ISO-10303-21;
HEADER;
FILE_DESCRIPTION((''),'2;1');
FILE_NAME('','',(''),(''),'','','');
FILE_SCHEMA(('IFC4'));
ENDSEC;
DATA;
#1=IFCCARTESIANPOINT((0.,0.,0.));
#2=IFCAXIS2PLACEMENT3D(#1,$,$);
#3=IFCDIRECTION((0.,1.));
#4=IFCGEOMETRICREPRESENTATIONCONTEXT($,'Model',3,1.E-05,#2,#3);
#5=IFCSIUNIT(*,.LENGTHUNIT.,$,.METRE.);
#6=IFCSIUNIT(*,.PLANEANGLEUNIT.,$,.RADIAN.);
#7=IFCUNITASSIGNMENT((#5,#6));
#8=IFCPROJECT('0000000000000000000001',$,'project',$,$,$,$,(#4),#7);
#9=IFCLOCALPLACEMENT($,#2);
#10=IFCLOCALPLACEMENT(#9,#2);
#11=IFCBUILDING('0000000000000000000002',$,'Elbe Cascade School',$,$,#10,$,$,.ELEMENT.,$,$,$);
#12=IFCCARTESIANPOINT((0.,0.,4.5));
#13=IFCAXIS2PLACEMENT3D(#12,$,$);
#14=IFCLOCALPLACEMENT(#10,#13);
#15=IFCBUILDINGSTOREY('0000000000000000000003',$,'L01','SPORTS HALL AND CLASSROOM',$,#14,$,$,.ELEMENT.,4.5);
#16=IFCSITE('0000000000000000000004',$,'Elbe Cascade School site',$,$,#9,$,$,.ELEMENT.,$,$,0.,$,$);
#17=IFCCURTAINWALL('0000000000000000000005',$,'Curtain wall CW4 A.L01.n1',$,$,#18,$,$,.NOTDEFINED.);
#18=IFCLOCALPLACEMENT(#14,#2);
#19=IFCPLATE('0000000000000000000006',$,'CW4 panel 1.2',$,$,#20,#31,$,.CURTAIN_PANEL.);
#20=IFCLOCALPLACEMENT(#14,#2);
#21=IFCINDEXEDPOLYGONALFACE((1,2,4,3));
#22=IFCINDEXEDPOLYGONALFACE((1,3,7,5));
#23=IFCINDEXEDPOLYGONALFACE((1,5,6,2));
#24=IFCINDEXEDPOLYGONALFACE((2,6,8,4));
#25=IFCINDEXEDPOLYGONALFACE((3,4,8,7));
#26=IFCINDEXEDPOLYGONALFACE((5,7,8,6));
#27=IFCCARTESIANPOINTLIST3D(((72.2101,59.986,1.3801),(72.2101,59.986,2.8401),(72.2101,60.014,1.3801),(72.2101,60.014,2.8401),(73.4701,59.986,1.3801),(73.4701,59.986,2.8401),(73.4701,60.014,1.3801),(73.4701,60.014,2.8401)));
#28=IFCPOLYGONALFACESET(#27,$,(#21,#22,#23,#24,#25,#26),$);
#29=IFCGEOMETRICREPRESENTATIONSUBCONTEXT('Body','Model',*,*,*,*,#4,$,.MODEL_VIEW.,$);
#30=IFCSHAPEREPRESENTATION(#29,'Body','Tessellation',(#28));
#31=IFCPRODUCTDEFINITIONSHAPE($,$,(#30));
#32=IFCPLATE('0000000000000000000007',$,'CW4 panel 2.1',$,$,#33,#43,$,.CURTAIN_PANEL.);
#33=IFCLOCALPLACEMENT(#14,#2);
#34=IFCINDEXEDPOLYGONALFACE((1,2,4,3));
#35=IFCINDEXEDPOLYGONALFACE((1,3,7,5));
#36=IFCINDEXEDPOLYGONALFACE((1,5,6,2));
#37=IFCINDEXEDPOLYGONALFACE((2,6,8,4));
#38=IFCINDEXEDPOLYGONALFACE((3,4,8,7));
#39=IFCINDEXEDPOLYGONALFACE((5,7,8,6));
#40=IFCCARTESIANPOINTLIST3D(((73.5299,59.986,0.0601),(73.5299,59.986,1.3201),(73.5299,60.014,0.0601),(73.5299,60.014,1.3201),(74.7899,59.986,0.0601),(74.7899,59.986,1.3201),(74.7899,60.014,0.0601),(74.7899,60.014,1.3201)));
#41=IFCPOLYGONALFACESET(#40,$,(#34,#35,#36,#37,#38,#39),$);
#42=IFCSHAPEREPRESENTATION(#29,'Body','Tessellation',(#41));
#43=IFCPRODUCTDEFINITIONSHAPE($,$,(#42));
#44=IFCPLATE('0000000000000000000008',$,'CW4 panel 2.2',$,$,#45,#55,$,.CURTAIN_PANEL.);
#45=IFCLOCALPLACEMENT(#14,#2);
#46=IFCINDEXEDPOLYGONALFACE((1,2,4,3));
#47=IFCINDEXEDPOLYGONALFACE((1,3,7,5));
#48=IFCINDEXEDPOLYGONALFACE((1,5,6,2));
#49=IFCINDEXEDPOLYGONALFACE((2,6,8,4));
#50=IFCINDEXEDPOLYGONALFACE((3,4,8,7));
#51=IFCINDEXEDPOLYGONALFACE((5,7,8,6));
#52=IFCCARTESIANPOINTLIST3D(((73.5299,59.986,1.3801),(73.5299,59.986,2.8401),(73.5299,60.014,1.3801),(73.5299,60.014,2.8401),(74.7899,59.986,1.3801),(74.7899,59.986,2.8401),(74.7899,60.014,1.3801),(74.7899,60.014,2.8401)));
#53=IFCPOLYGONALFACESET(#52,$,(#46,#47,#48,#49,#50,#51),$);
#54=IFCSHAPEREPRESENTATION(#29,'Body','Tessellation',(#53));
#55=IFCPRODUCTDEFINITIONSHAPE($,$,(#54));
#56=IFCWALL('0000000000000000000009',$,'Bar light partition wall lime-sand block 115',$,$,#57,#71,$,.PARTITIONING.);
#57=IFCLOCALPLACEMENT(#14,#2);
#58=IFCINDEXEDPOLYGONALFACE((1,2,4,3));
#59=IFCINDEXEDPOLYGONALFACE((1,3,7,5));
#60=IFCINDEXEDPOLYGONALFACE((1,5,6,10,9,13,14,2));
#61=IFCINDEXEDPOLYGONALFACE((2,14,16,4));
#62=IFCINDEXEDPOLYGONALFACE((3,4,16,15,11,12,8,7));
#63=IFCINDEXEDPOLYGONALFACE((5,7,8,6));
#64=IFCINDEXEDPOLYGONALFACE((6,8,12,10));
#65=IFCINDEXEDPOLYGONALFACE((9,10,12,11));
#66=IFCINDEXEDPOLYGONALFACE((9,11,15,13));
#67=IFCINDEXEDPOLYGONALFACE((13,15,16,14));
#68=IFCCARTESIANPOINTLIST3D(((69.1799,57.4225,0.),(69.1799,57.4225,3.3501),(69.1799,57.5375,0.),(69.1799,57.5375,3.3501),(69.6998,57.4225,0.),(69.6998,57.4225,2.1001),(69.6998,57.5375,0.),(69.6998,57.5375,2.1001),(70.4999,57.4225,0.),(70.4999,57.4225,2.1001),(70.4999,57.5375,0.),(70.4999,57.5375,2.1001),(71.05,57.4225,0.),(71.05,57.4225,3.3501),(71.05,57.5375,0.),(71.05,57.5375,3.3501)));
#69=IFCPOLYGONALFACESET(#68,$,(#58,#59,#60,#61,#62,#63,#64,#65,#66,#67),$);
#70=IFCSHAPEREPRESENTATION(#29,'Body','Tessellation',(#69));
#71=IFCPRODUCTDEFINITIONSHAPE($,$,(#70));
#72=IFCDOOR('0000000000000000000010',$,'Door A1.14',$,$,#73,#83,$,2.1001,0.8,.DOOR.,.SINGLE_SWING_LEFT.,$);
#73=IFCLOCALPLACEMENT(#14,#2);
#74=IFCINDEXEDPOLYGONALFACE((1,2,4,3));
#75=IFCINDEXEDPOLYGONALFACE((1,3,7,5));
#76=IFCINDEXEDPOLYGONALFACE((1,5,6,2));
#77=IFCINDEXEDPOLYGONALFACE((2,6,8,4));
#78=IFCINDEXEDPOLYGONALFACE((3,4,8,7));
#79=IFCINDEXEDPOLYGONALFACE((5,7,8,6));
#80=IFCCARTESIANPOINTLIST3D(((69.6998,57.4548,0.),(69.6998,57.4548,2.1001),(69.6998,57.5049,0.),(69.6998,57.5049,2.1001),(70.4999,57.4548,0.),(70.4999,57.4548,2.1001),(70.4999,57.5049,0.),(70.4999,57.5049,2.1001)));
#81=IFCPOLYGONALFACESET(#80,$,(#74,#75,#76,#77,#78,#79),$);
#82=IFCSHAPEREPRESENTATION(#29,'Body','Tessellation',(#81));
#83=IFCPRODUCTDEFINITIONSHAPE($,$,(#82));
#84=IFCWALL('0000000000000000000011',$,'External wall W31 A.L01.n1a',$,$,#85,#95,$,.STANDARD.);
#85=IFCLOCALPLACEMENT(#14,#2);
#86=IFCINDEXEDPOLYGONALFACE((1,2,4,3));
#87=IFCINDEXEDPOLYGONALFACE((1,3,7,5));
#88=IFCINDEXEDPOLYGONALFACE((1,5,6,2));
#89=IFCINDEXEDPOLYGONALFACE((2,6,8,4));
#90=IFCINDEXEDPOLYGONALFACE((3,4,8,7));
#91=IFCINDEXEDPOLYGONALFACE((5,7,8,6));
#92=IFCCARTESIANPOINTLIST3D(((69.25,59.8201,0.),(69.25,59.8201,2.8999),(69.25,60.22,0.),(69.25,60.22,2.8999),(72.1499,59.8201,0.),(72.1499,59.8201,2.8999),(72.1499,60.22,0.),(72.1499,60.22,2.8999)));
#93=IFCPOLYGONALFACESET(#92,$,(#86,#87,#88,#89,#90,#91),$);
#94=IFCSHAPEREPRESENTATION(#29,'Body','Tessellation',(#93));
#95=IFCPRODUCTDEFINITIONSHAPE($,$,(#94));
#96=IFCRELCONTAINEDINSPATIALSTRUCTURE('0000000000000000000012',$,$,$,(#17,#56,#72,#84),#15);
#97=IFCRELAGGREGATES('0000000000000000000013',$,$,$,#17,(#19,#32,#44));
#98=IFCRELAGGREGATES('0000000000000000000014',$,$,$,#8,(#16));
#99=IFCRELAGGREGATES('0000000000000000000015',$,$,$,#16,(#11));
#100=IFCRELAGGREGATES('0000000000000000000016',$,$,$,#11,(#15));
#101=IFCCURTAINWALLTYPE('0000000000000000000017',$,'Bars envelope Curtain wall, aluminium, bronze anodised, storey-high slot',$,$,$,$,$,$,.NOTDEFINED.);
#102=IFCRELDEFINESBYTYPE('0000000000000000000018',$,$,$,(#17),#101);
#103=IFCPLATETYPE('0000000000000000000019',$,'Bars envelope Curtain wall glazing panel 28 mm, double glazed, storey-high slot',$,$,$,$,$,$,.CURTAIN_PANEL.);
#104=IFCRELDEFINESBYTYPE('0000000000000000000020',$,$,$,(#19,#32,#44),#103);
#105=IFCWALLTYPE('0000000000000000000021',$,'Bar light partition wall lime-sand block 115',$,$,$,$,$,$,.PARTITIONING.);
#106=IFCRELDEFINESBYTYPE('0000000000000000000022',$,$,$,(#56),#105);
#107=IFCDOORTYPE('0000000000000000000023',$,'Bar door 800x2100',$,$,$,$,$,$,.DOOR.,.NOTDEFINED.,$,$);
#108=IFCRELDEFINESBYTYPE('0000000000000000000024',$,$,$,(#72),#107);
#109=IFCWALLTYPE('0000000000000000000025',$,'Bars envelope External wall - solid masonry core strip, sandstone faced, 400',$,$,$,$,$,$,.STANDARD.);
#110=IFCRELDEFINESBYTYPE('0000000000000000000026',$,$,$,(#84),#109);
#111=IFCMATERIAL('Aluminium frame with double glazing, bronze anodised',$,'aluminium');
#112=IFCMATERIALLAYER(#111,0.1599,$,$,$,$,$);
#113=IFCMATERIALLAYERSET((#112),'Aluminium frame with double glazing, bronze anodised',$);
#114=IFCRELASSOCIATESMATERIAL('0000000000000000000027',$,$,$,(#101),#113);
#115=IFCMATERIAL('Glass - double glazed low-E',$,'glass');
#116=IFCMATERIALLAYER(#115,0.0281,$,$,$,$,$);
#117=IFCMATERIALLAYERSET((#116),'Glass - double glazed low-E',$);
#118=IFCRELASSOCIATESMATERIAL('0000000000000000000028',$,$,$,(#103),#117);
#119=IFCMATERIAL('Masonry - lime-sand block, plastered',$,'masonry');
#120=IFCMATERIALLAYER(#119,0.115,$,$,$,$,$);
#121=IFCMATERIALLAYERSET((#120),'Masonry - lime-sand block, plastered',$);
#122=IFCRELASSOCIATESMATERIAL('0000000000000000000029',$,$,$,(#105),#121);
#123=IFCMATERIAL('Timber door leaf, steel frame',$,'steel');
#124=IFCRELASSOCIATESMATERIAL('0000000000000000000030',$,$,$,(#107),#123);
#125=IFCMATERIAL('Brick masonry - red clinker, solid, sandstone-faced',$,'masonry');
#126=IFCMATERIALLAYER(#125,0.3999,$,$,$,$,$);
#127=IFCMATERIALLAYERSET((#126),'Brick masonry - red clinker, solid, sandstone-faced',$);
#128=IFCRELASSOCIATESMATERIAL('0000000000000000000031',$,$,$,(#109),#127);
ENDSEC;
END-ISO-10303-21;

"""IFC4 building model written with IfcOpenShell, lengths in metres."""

from ifc_helpers import new_model, si_unit, direction, frame, frame_2d, origin, origin_2d, place, context, subcontext, project, spatial, rectangle, extrude, material, layer, layer_set, type_object, element, fill, aggregate, save


model = new_model("IFC4")

# Units and contexts
model_context = context("Model", 3, precision=1e-05, world=origin(), true_north=direction((0.0, 1.0)))
body_context = subcontext(model_context, "Body", "Model", "MODEL_VIEW")
ifc_project = project(units=[si_unit("LENGTHUNIT", "METRE"), si_unit("PLANEANGLEUNIT", "RADIAN")], contexts=[model_context])

# Site, building, storey
site_placement = place(None, origin())
site = spatial("IfcSite", under=ifc_project, at=site_placement, Name="Elbe Cascade School site", CompositionType="ELEMENT", RefElevation=0.0)
building_placement = place(site_placement, origin())
building = spatial("IfcBuilding", under=site, at=building_placement, Name="Elbe Cascade School", CompositionType="ELEMENT")
storey_placement = place(building_placement, frame((0.0, 0.0, 4.5)))
storey = spatial("IfcBuildingStorey", under=building, at=storey_placement, Name="L01", Description="SPORTS HALL AND CLASSROOM", CompositionType="ELEMENT", Elevation=4.5)

# Shared definitions
ifc_material_1 = material(Name="Aluminium frame with double glazing, bronze anodised", Category="aluminium")
ifc_layer_1 = layer(ifc_material_1, 0.1599)
ifc_layer_set_1 = layer_set([ifc_layer_1], Name="Aluminium frame with double glazing, bronze anodised")
curtain_wall_type = type_object("IfcCurtainWallType", Name="Bars envelope Curtain wall, aluminium, bronze anodised, storey-high slot", PredefinedType="NOTDEFINED", material=ifc_layer_set_1)

# Curtain wall
curtain_wall_1_placement = place(storey_placement, origin())
curtain_wall_1 = element("IfcCurtainWall", 1, at=curtain_wall_1_placement, inside=storey, type_object=curtain_wall_type, Name="Curtain wall CW4 A.L01.n1", PredefinedType="NOTDEFINED")

# Plates
ifc_material_2 = material(Name="Glass - double glazed low-E", Category="glass")
ifc_layer_2 = layer(ifc_material_2, 0.0281)
ifc_layer_set_2 = layer_set([ifc_layer_2], Name="Glass - double glazed low-E")
plate_type = type_object("IfcPlateType", Name="Bars envelope Curtain wall glazing panel 28 mm, double glazed, storey-high slot", PredefinedType="CURTAIN_PANEL", material=ifc_layer_set_2)
plate_1_placement = place(storey_placement, frame((72.8401, 60.0, 1.3801), z_axis=(0.0, 0.0, 1.0), x_axis=(1.0, 0.0, 0.0)))
plate_1 = element("IfcPlate", 2, at=plate_1_placement, type_object=plate_type, Name="CW4 panel 1.2", PredefinedType="CURTAIN_PANEL", context=body_context, shape_type="SweptSolid", body=[
    extrude(rectangle(XDim=1.26, YDim=0.0281, at=origin_2d()), origin(), (0.0, 0.0, 1.0), 1.46),
])
plate_2_placement = place(storey_placement, frame((74.1599, 60.0, 0.0601), z_axis=(0.0, 0.0, 1.0), x_axis=(1.0, 0.0, 0.0)))
plate_2 = element("IfcPlate", 3, at=plate_2_placement, type_object=plate_type, Name="CW4 panel 2.1", PredefinedType="CURTAIN_PANEL", context=body_context, shape_type="SweptSolid", body=[
    extrude(rectangle(XDim=1.26, YDim=0.0281, at=origin_2d()), origin(), (0.0, 0.0, 1.0), 1.26),
])
plate_3_placement = place(storey_placement, frame((74.1599, 60.0, 1.3801), z_axis=(0.0, 0.0, 1.0), x_axis=(1.0, 0.0, 0.0)))
plate_3 = element("IfcPlate", 4, at=plate_3_placement, type_object=plate_type, Name="CW4 panel 2.2", PredefinedType="CURTAIN_PANEL", context=body_context, shape_type="SweptSolid", body=[
    extrude(rectangle(XDim=1.26, YDim=0.0281, at=origin_2d()), origin(), (0.0, 0.0, 1.0), 1.46),
])
aggregate(curtain_wall_1, [plate_1, plate_2, plate_3])

# Wall, opening, door
ifc_material_3 = material(Name="Masonry - lime-sand block, plastered", Category="masonry")
ifc_layer_3 = layer(ifc_material_3, 0.115)
ifc_layer_set_3 = layer_set([ifc_layer_3], Name="Masonry - lime-sand block, plastered")
wall_type_1 = type_object("IfcWallType", Name="Bar light partition wall lime-sand block 115", PredefinedType="PARTITIONING", material=ifc_layer_set_3)
wall_1_placement = place(storey_placement, frame((69.1799, 57.48, 0.0), z_axis=(0.0, 0.0, 1.0), x_axis=(1.0, 0.0, 0.0)))
wall_1 = element("IfcWall", 5, at=wall_1_placement, inside=storey, type_object=wall_type_1, Name="Bar light partition wall lime-sand block 115", PredefinedType="PARTITIONING", context=body_context, shape_type="SweptSolid", body=[
    extrude(rectangle(XDim=1.8701, YDim=0.115, at=frame_2d((0.9351, 0.0))), origin(), (0.0, 0.0, 1.0), 3.3501),
])
opening_placement = place(wall_1_placement, frame((0.52, 0.0, 0.0)))
opening = element("IfcOpeningElement", 6, at=opening_placement, cuts=wall_1, PredefinedType="OPENING", context=body_context, shape_type="SweptSolid", body=[
    extrude(rectangle(XDim=0.8, YDim=2.1001, at=frame_2d((0.3999, 1.05))), frame((0.0, 0.0674, 0.0), z_axis=(0.0, -1.0, 0.0), x_axis=(1.0, 0.0, 0.0)), (0.0, 0.0, 1.0), 0.135),
])
ifc_material_4 = material(Name="Timber door leaf, steel frame", Category="steel")
door_type = type_object("IfcDoorType", Name="Bar door 800x2100", OperationType="NOTDEFINED", PredefinedType="DOOR", material=ifc_material_4)
door_placement = place(opening_placement, origin())
door = element("IfcDoor", 7, at=door_placement, inside=storey, type_object=door_type, Name="Door A1.14", OperationType="SINGLE_SWING_LEFT", OverallHeight=2.1001, OverallWidth=0.8, PredefinedType="DOOR", context=body_context, shape_type="SweptSolid", body=[
    extrude(rectangle(XDim=0.8, YDim=2.1001, at=frame_2d((0.3999, 1.05))), frame((0.0, 0.0249, 0.0), z_axis=(0.0, -1.0, 0.0), x_axis=(1.0, 0.0, 0.0)), (0.0, 0.0, 1.0), 0.05),
])
fill(opening, door)

# Wall
ifc_material_5 = material(Name="Brick masonry - red clinker, solid, sandstone-faced", Category="masonry")
ifc_layer_4 = layer(ifc_material_5, 0.3999)
ifc_layer_set_4 = layer_set([ifc_layer_4], Name="Brick masonry - red clinker, solid, sandstone-faced")
wall_type_2 = type_object("IfcWallType", Name="Bars envelope External wall - solid masonry core strip, sandstone faced, 400", PredefinedType="STANDARD", material=ifc_layer_set_4)
wall_2_placement = place(storey_placement, frame((69.25, 60.02, 0.0), z_axis=(0.0, 0.0, 1.0), x_axis=(1.0, 0.0, 0.0)))
element("IfcWall", 8, at=wall_2_placement, inside=storey, type_object=wall_type_2, Name="External wall W31 A.L01.n1a", PredefinedType="STANDARD", context=body_context, shape_type="SweptSolid", body=[
    extrude(rectangle(XDim=2.8999, YDim=0.3999, at=frame_2d((1.45, 0.0))), origin(), (0.0, 0.0, 1.0), 2.8999),
])

save(model, "model.ifc")
